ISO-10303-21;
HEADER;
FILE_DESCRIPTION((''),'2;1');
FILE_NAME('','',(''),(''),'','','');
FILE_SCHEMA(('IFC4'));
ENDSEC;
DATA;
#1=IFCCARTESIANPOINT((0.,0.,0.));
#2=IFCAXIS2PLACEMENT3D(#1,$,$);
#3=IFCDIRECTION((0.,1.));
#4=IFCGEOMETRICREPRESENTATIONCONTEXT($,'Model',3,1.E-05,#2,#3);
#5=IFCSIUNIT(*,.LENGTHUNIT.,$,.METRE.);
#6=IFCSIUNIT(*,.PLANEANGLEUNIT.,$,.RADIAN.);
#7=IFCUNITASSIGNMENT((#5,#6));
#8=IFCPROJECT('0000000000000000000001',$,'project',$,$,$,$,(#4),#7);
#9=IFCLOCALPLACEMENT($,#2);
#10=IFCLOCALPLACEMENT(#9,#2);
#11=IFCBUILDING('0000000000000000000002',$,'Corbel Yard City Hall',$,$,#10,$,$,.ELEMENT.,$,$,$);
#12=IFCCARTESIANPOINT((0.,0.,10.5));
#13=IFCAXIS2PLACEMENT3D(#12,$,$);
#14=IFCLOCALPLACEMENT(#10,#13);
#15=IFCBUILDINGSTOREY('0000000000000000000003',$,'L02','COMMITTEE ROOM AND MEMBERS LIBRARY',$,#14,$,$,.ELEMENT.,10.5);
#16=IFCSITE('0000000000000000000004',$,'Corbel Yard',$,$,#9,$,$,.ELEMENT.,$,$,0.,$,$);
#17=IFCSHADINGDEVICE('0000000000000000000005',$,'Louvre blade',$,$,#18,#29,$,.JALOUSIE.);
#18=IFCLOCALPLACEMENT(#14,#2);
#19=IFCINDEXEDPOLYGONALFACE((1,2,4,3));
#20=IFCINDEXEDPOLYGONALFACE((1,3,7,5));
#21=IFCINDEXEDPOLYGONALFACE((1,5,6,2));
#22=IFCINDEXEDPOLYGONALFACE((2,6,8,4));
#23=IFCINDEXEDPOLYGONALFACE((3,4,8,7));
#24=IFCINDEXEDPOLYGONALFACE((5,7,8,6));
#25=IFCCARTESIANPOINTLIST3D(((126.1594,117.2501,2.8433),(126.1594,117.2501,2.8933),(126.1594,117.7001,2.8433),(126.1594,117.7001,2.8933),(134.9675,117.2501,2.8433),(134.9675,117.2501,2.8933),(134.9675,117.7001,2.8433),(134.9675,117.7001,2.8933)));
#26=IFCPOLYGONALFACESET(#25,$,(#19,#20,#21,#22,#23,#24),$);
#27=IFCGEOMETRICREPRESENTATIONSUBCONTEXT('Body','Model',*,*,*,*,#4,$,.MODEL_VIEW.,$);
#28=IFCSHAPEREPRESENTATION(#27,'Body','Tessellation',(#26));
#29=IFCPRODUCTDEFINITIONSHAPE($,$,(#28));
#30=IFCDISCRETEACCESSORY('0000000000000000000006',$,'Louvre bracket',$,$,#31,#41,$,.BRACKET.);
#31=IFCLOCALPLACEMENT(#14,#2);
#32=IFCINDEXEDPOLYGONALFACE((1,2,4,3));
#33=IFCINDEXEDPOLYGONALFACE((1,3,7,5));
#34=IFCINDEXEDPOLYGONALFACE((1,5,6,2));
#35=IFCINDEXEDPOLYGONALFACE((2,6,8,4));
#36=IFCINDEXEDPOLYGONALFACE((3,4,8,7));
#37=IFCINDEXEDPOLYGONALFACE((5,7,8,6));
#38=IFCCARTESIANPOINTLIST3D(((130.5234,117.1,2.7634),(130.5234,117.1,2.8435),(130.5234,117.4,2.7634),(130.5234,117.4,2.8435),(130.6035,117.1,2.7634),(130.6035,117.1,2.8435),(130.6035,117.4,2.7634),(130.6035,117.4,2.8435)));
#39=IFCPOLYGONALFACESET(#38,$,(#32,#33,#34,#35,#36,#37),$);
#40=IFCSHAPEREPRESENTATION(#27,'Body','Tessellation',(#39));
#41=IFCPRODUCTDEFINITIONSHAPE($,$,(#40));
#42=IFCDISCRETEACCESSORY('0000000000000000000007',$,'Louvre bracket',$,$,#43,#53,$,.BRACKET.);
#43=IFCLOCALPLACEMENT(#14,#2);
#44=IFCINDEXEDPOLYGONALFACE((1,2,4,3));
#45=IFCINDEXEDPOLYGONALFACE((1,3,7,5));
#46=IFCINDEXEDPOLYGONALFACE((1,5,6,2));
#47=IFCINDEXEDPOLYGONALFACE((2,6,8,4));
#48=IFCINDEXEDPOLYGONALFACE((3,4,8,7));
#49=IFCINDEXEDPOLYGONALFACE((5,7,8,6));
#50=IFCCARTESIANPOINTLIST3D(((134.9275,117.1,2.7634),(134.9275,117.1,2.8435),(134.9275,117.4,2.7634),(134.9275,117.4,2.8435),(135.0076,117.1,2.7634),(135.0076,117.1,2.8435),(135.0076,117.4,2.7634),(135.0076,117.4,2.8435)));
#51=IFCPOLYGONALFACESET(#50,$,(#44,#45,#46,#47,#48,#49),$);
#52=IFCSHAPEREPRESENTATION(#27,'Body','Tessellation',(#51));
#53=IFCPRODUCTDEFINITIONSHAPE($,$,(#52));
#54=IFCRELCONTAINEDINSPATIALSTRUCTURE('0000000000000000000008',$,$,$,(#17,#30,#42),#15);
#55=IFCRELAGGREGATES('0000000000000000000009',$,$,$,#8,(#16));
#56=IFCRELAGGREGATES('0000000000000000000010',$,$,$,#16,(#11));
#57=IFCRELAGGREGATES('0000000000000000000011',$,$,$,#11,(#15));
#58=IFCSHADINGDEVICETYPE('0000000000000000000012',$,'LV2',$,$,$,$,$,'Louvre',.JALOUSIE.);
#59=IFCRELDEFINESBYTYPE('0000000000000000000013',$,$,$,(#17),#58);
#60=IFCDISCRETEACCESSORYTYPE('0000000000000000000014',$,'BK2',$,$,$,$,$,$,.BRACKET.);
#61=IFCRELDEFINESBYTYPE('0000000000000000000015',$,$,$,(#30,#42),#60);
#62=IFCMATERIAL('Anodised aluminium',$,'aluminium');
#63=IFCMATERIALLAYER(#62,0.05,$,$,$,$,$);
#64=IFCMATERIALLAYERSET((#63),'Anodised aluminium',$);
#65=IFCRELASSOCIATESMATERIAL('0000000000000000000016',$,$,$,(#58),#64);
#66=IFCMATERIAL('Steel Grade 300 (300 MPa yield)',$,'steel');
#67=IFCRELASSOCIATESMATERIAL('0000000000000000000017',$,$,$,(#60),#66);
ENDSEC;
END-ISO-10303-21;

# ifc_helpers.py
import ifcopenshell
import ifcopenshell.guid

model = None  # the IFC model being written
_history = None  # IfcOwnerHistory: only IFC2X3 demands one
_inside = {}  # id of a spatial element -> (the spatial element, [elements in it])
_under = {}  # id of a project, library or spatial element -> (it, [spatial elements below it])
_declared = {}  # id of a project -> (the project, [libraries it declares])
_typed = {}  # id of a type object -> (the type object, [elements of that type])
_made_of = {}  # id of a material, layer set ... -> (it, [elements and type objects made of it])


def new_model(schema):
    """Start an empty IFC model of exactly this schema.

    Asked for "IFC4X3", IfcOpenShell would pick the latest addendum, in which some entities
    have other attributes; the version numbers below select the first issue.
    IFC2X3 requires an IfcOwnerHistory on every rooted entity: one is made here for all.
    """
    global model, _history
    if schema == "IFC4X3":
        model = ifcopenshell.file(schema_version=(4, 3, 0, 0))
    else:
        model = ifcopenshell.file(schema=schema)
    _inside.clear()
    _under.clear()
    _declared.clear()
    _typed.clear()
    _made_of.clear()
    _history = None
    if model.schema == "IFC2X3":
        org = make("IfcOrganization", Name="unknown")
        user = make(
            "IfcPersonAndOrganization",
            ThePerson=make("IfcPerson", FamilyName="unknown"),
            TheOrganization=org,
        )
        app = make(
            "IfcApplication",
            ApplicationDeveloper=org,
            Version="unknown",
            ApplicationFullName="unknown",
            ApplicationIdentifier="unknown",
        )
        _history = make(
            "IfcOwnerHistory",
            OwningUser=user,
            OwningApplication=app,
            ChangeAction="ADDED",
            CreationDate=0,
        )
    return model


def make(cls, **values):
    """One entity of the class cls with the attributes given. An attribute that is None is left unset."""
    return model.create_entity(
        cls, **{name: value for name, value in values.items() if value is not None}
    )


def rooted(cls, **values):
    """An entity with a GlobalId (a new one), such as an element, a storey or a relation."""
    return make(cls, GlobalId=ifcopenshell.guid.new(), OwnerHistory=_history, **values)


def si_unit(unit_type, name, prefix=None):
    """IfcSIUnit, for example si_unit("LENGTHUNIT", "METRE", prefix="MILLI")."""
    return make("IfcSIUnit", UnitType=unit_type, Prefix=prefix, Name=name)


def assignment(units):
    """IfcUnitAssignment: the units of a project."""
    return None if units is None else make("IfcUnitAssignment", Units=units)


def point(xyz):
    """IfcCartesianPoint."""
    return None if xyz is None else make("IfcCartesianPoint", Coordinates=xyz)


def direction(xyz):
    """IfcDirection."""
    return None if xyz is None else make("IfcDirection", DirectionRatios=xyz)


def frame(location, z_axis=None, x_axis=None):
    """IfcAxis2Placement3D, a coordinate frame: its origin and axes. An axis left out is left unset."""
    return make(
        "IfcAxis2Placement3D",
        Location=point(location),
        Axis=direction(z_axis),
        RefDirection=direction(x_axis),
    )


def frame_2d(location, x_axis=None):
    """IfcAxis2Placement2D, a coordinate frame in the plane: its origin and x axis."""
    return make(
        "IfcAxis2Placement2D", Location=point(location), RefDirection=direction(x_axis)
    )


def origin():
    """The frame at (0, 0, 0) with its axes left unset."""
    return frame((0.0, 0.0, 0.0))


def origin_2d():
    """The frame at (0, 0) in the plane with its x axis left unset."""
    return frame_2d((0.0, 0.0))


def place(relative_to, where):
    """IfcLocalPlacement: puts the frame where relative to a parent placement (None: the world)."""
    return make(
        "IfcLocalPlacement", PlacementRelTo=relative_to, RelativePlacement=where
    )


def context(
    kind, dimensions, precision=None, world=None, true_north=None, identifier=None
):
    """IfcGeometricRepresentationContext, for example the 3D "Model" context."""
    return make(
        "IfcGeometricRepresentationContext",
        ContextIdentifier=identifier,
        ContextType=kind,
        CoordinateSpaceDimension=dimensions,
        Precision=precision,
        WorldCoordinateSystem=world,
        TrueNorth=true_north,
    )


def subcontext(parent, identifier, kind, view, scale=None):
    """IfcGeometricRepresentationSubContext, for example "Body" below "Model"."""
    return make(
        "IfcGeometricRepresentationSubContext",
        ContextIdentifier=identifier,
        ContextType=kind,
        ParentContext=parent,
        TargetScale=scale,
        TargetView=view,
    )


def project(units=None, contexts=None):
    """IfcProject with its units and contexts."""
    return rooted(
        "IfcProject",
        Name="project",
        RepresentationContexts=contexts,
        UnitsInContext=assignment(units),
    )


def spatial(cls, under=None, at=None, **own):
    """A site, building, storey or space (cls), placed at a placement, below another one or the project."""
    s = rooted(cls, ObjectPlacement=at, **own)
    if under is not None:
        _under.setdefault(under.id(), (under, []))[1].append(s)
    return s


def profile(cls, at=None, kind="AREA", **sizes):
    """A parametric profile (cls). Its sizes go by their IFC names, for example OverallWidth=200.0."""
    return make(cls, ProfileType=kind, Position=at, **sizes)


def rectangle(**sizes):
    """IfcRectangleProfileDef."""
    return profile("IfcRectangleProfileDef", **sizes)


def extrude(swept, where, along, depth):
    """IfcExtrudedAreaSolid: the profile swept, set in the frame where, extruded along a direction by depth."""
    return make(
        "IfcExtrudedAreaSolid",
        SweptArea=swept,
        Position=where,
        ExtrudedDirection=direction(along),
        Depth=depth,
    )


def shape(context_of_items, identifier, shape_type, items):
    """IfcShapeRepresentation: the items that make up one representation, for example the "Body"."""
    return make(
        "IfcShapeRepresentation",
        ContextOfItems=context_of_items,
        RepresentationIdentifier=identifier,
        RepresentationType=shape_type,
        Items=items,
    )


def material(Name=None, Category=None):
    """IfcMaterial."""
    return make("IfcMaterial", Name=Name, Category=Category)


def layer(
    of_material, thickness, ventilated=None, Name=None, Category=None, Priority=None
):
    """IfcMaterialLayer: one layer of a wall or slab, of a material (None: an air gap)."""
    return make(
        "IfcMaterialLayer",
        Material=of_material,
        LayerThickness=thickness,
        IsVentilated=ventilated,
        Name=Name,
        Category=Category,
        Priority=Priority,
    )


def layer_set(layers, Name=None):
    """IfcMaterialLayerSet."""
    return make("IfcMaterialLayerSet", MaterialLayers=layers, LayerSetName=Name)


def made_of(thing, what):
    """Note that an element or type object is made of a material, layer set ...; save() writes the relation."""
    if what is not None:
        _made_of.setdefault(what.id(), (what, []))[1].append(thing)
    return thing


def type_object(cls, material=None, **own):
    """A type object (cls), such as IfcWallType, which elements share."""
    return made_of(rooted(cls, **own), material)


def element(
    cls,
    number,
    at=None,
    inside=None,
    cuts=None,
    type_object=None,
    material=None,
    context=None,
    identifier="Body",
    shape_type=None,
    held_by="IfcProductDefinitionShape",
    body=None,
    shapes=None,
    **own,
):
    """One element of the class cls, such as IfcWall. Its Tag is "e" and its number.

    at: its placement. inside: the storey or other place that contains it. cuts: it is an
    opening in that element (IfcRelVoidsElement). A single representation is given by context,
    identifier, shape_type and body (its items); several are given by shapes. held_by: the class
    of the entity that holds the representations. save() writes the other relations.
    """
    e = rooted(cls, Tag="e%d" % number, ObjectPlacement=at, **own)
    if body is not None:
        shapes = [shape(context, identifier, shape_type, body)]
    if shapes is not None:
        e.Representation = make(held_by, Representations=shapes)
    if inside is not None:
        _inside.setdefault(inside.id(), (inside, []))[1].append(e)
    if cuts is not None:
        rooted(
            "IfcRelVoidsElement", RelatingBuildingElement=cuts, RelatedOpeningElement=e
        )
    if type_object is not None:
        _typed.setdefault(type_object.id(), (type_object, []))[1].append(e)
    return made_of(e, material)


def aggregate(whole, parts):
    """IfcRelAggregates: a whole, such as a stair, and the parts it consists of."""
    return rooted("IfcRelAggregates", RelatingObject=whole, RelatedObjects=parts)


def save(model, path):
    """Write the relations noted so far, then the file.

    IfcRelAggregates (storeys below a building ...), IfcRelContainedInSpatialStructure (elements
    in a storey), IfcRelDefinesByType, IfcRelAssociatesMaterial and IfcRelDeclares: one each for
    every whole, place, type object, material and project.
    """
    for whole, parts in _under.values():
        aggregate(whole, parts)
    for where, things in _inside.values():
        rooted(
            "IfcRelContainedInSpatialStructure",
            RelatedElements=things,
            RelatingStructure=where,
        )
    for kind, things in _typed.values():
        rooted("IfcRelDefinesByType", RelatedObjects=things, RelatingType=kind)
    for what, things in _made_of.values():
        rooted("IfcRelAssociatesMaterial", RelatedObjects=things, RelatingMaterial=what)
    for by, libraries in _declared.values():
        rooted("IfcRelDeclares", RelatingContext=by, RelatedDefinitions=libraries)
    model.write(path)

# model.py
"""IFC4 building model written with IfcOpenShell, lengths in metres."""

from ifc_helpers import new_model, si_unit, direction, frame, origin, origin_2d, place, context, subcontext, project, spatial, rectangle, extrude, material, layer, layer_set, type_object, element, save


model = new_model("IFC4")

# Units and contexts
model_context = context("Model", 3, precision=1e-05, world=origin(), true_north=direction((0.0, 1.0)))
body_context = subcontext(model_context, "Body", "Model", "MODEL_VIEW")
ifc_project = project(units=[si_unit("LENGTHUNIT", "METRE"), si_unit("PLANEANGLEUNIT", "RADIAN")], contexts=[model_context])

# Site, building, storey
site_placement = place(None, origin())
site = spatial("IfcSite", under=ifc_project, at=site_placement, Name="Corbel Yard", CompositionType="ELEMENT", RefElevation=0.0)
building_placement = place(site_placement, origin())
building = spatial("IfcBuilding", under=site, at=building_placement, Name="Corbel Yard City Hall", CompositionType="ELEMENT")
storey_placement = place(building_placement, frame((0.0, 0.0, 10.5)))
storey = spatial("IfcBuildingStorey", under=building, at=storey_placement, Name="L02", Description="COMMITTEE ROOM AND MEMBERS LIBRARY", CompositionType="ELEMENT", Elevation=10.5)

# Shared definitions
ifc_material_1 = material(Name="Steel Grade 300 (300 MPa yield)", Category="steel")

# Shading device
ifc_material_2 = material(Name="Anodised aluminium", Category="aluminium")
ifc_layer_1 = layer(ifc_material_2, 0.05)
ifc_layer_set_1 = layer_set([ifc_layer_1], Name="Anodised aluminium")
shading_device_type = type_object("IfcShadingDeviceType", Name="LV2", ElementType="Louvre", PredefinedType="JALOUSIE", material=ifc_layer_set_1)
shading_device_placement = place(storey_placement, frame((130.5635, 117.4751, 2.8433), z_axis=(0.0, 0.0, 1.0), x_axis=(1.0, 0.0, 0.0)))
element("IfcShadingDevice", 1, at=shading_device_placement, inside=storey, type_object=shading_device_type, Name="Louvre blade", PredefinedType="JALOUSIE", context=body_context, shape_type="SweptSolid", body=[
    extrude(rectangle(XDim=8.8081, YDim=0.45, at=origin_2d()), origin(), (0.0, 0.0, 1.0), 0.05),
])

# Discrete accessories
discrete_accessory_type = type_object("IfcDiscreteAccessoryType", Name="BK2", PredefinedType="BRACKET", material=ifc_material_1)
for number, where, z_axis, x_axis, name in (
    (2, (130.5635, 117.25, 2.7634), (0.0, 0.0, 1.0), (1.0, 0.0, 0.0), "Louvre bracket"),
    (3, (134.9675, 117.25, 2.7634), (0.0, 0.0, 1.0), (1.0, 0.0, 0.0), "Louvre bracket"),
):
    element("IfcDiscreteAccessory", number, at=place(storey_placement, frame(where, z_axis=z_axis, x_axis=x_axis)), inside=storey, type_object=discrete_accessory_type, Name=name, PredefinedType="BRACKET", context=body_context, shape_type="SweptSolid", body=[
        extrude(rectangle(XDim=0.0801, YDim=0.3, at=origin_2d()), origin(), (0.0, 0.0, 1.0), 0.0801),
    ])

save(model, "model.ifc")
